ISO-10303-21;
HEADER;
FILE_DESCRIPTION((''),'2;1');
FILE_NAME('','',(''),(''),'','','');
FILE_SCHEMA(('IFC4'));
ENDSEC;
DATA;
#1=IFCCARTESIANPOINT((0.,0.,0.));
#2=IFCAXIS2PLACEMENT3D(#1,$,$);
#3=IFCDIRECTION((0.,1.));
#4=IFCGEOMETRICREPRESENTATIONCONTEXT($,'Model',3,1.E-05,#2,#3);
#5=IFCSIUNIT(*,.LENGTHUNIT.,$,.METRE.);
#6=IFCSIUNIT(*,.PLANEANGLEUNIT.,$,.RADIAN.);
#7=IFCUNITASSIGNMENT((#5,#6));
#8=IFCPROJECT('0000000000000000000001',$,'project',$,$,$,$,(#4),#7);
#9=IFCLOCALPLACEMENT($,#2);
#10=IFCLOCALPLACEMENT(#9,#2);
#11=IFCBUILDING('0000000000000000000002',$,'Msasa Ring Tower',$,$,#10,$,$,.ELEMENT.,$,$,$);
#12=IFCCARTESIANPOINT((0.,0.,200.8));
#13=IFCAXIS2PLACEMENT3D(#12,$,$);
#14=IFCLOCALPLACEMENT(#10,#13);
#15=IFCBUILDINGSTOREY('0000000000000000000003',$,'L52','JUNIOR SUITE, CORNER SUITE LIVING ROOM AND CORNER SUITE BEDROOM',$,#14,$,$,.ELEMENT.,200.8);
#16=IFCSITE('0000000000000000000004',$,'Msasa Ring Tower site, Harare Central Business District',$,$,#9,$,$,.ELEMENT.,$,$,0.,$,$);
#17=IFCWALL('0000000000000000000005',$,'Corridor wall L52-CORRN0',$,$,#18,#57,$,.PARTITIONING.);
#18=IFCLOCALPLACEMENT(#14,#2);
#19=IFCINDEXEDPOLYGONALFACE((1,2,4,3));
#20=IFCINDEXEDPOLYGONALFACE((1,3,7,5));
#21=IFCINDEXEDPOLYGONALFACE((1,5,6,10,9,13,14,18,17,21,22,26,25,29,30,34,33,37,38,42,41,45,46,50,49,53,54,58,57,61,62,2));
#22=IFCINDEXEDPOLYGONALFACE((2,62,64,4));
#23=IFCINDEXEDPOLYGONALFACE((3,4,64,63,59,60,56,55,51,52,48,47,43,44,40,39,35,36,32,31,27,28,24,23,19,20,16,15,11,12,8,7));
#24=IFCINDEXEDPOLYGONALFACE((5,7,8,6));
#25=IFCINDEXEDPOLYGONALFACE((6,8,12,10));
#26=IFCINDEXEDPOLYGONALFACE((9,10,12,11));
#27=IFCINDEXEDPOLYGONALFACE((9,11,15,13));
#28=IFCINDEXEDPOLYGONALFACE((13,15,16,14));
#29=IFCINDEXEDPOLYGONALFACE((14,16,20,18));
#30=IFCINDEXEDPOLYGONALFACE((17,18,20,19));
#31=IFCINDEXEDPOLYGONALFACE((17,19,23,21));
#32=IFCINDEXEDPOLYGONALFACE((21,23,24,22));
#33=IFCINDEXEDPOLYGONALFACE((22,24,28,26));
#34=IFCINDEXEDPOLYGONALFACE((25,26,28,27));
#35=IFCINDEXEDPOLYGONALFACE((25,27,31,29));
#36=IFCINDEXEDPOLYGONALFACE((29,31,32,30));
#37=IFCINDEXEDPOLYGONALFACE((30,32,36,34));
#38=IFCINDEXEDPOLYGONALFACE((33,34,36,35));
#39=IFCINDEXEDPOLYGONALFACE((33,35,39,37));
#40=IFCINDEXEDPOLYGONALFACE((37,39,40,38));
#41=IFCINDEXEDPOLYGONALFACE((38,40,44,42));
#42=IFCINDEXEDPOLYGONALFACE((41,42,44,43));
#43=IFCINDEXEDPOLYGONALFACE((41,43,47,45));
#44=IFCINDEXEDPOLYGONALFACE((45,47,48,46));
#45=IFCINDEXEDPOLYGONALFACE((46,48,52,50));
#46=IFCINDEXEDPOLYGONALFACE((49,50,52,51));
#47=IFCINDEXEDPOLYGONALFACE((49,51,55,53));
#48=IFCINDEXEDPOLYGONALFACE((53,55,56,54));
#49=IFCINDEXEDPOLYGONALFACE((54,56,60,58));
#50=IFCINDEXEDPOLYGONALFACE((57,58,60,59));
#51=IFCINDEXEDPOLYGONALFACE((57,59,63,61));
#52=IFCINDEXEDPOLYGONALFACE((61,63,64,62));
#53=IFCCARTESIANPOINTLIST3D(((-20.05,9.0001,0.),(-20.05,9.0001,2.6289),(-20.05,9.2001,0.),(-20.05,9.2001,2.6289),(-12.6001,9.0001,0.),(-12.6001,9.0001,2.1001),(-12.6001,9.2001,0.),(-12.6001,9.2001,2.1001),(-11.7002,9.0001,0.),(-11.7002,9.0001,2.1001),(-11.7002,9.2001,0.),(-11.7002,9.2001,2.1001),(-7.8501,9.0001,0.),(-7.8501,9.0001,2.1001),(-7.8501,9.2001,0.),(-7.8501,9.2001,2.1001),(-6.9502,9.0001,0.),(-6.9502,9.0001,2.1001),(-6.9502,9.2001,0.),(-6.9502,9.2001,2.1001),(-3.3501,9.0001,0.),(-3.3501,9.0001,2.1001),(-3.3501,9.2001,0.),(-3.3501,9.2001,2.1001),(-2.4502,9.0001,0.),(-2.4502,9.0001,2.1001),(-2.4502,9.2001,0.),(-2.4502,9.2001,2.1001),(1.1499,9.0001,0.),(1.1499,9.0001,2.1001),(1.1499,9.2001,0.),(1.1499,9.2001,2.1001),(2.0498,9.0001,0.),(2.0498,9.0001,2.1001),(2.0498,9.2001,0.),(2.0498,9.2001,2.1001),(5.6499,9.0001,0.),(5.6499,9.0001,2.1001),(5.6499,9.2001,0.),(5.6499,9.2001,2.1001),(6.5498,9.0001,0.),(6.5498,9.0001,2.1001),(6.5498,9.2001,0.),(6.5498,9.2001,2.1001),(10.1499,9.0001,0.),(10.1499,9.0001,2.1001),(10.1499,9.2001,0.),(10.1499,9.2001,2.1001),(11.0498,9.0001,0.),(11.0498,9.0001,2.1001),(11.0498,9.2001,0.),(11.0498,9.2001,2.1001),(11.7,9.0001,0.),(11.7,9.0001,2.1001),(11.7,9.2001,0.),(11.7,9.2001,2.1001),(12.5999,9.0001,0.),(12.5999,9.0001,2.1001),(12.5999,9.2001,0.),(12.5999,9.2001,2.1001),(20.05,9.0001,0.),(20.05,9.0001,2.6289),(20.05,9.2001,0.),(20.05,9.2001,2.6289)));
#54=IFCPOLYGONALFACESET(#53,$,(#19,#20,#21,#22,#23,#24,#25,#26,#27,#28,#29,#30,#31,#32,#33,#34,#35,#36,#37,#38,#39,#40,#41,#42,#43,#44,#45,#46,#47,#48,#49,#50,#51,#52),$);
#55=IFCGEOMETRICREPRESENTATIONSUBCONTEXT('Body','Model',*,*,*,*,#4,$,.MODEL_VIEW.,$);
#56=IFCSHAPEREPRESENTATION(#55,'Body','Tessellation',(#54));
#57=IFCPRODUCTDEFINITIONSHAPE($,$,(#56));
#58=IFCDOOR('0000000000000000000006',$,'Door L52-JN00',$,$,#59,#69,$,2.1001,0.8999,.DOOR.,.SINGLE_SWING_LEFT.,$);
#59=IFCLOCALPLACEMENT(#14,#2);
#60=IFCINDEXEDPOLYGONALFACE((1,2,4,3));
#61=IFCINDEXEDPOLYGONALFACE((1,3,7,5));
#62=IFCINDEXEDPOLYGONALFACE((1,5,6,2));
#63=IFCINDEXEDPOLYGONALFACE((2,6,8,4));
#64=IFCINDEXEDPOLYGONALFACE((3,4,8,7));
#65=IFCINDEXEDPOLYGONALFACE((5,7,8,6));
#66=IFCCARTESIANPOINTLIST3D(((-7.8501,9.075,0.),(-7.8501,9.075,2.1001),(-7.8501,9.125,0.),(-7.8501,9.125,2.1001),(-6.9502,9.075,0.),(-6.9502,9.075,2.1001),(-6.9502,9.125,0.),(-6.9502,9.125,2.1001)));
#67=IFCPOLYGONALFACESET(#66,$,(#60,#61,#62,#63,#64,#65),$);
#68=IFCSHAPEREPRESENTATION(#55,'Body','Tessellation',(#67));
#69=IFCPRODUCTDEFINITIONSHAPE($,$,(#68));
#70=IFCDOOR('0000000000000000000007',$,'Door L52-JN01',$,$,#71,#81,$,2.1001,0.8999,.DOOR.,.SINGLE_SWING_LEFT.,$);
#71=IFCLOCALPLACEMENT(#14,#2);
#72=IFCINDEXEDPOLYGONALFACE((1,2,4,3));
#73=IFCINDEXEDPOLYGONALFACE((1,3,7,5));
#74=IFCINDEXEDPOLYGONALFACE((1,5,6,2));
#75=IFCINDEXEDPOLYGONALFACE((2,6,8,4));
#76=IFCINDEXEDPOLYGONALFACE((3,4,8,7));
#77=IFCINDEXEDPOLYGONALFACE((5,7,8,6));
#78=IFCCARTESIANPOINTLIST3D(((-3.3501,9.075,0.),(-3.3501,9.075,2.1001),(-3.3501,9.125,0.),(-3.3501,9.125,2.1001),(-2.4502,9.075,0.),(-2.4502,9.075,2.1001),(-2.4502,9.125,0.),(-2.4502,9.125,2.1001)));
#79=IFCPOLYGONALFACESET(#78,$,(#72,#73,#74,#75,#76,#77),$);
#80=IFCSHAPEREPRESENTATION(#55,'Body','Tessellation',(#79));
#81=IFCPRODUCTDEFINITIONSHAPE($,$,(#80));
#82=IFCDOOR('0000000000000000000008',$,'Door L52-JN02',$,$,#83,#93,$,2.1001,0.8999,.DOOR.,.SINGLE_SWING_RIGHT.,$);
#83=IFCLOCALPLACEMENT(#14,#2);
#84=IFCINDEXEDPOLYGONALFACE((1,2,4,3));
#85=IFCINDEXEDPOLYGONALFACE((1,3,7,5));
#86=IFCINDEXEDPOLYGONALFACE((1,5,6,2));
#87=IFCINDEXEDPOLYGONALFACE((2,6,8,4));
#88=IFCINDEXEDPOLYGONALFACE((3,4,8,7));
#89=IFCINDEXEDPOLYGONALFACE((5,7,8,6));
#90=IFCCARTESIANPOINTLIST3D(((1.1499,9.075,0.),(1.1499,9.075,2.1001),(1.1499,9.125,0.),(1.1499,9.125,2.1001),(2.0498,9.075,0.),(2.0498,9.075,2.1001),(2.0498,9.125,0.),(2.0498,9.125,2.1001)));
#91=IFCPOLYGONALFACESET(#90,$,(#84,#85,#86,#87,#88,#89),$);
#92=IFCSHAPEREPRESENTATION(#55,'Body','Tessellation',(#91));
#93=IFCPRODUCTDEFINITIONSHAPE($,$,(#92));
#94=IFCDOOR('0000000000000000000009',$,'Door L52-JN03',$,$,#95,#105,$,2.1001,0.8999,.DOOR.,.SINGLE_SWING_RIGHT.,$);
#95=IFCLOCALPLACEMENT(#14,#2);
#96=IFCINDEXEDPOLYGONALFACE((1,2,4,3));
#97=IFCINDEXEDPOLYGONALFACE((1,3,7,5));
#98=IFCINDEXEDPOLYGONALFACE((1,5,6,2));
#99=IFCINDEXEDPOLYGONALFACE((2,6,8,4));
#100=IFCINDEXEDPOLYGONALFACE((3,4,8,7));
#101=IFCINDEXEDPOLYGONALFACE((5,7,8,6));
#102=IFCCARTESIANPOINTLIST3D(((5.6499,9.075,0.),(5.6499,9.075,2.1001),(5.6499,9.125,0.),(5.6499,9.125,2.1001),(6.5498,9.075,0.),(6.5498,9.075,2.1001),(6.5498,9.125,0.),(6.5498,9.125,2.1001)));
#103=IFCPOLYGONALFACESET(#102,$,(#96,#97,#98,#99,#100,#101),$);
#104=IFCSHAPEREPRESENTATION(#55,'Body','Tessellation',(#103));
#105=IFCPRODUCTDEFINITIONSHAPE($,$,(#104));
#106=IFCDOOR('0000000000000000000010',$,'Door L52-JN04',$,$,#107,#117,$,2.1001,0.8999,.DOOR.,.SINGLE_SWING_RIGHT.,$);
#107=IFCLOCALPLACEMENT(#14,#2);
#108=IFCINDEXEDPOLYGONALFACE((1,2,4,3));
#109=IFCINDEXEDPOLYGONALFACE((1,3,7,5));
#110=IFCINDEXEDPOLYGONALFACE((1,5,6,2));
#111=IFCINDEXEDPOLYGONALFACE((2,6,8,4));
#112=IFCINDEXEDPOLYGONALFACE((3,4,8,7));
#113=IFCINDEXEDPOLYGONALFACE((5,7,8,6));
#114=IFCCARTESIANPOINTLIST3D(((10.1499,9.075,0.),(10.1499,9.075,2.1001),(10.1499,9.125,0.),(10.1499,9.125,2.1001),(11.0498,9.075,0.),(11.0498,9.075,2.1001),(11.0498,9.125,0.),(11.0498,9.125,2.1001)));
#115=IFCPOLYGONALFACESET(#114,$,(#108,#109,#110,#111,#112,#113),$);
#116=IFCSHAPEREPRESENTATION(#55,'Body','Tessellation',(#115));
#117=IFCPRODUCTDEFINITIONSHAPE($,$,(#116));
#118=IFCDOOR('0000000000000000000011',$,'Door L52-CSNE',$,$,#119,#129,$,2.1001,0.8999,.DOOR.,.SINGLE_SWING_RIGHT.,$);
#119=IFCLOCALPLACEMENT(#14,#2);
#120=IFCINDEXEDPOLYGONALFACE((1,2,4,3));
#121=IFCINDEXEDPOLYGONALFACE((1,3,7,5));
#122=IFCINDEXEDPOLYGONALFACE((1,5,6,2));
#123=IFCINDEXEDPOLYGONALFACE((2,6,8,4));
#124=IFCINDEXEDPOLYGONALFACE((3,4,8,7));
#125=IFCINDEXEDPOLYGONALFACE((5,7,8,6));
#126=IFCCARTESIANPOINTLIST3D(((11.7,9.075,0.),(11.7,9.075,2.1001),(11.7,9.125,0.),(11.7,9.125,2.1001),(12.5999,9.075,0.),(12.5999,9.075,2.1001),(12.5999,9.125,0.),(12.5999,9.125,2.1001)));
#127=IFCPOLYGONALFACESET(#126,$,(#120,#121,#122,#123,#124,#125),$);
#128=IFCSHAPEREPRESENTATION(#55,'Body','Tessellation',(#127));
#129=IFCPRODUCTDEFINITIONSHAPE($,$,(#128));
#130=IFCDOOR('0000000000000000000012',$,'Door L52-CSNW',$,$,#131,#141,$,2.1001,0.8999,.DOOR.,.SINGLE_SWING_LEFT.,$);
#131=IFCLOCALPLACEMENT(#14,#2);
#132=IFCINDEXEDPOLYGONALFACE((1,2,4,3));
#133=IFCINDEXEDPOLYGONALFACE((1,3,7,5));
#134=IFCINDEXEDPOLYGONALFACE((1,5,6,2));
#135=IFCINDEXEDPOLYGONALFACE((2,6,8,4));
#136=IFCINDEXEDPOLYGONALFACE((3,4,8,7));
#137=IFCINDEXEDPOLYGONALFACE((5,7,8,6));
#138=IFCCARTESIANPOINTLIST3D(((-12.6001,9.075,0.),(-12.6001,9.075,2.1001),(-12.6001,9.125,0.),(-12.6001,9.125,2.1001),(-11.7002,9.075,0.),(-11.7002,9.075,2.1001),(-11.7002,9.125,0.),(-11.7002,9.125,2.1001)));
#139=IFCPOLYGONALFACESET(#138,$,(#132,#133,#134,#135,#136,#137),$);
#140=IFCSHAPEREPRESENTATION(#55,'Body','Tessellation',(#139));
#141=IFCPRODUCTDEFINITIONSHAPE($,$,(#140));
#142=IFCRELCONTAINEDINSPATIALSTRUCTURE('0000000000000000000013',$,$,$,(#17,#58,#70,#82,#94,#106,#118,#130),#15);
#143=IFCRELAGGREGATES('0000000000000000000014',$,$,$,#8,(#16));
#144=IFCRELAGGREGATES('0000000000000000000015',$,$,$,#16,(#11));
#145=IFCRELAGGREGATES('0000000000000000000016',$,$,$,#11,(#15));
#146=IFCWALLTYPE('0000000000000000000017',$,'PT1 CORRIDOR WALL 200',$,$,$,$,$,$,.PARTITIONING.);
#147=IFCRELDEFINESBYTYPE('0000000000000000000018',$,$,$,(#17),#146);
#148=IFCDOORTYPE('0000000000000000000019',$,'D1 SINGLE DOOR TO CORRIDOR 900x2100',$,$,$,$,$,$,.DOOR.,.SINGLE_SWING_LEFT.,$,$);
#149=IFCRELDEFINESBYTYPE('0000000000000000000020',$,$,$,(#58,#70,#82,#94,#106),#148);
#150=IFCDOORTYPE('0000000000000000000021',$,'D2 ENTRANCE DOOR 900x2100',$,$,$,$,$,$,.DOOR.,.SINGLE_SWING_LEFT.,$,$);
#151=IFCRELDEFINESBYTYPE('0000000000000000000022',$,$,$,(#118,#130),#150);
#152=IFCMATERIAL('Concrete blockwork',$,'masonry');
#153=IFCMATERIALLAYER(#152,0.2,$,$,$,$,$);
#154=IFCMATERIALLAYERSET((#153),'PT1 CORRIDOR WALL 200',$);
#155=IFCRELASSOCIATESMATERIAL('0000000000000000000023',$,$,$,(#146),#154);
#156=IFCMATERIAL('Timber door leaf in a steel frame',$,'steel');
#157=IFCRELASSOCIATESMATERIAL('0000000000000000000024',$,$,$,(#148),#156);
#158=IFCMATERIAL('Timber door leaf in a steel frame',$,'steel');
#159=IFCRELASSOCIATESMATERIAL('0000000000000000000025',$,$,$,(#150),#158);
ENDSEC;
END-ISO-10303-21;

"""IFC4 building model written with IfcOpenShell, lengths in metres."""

from ifc_helpers import new_model, si_unit, direction, frame, frame_2d, origin, place, context, subcontext, project, spatial, rectangle, extrude, material, layer, layer_set, type_object, element, fill, save


model = new_model("IFC4")

# Units and contexts
model_context = context("Model", 3, precision=1e-05, world=origin(), true_north=direction((0.0, 1.0)))
body_context = subcontext(model_context, "Body", "Model", "MODEL_VIEW")
ifc_project = project(units=[si_unit("LENGTHUNIT", "METRE"), si_unit("PLANEANGLEUNIT", "RADIAN")], contexts=[model_context])

# Site, building, storey
site_placement = place(None, origin())
site = spatial("IfcSite", under=ifc_project, at=site_placement, Name="Msasa Ring Tower site, Harare Central Business District", CompositionType="ELEMENT", RefElevation=0.0)
building_placement = place(site_placement, origin())
building = spatial("IfcBuilding", under=site, at=building_placement, Name="Msasa Ring Tower", CompositionType="ELEMENT")
storey_placement = place(building_placement, frame((0.0, 0.0, 200.8)))
storey = spatial("IfcBuildingStorey", under=building, at=storey_placement, Name="L52", Description="JUNIOR SUITE, CORNER SUITE LIVING ROOM AND CORNER SUITE BEDROOM", CompositionType="ELEMENT", Elevation=200.8)

# Wall, openings, doors
ifc_material_1 = material(Name="Concrete blockwork", Category="masonry")
ifc_layer_1 = layer(ifc_material_1, 0.2)
ifc_layer_set_1 = layer_set([ifc_layer_1], Name="PT1 CORRIDOR WALL 200")
wall_type_1 = type_object("IfcWallType", Name="PT1 CORRIDOR WALL 200", PredefinedType="PARTITIONING", material=ifc_layer_set_1)
wall_1_placement = place(storey_placement, frame((-20.05, 9.1001, 0.0), z_axis=(0.0, 0.0, 1.0), x_axis=(1.0, 0.0, 0.0)))
wall_1 = element("IfcWall", 1, at=wall_1_placement, inside=storey, type_object=wall_type_1, Name="Corridor wall L52-CORRN0", PredefinedType="PARTITIONING", context=body_context, shape_type="SweptSolid", body=[
    extrude(rectangle(XDim=40.1001, YDim=0.2, at=frame_2d((20.05, 0.0))), origin(), (0.0, 0.0, 1.0), 2.6289),
])
opening_1_placement = place(wall_1_placement, frame((12.2, 0.0, 0.0)))
opening_1 = element("IfcOpeningElement", 2, at=opening_1_placement, cuts=wall_1, PredefinedType="OPENING", context=body_context, shape_type="SweptSolid", body=[
    extrude(rectangle(XDim=0.8999, YDim=2.1001, at=frame_2d((0.45, 1.05))), frame((0.0, 0.1099, 0.0), z_axis=(0.0, -1.0, 0.0), x_axis=(1.0, 0.0, 0.0)), (0.0, 0.0, 1.0), 0.22),
])
opening_2_placement = place(wall_1_placement, frame((16.7, 0.0, 0.0)))
opening_2 = element("IfcOpeningElement", 3, at=opening_2_placement, cuts=wall_1, PredefinedType="OPENING", context=body_context, shape_type="SweptSolid", body=[
    extrude(rectangle(XDim=0.8999, YDim=2.1001, at=frame_2d((0.45, 1.05))), frame((0.0, 0.1099, 0.0), z_axis=(0.0, -1.0, 0.0), x_axis=(1.0, 0.0, 0.0)), (0.0, 0.0, 1.0), 0.22),
])
opening_3_placement = place(wall_1_placement, frame((21.2, 0.0, 0.0)))
opening_3 = element("IfcOpeningElement", 4, at=opening_3_placement, cuts=wall_1, PredefinedType="OPENING", context=body_context, shape_type="SweptSolid", body=[
    extrude(rectangle(XDim=0.8999, YDim=2.1001, at=frame_2d((0.45, 1.05))), frame((0.0, 0.1099, 0.0), z_axis=(0.0, -1.0, 0.0), x_axis=(1.0, 0.0, 0.0)), (0.0, 0.0, 1.0), 0.22),
])
opening_4_placement = place(wall_1_placement, frame((25.7, 0.0, 0.0)))
opening_4 = element("IfcOpeningElement", 5, at=opening_4_placement, cuts=wall_1, PredefinedType="OPENING", context=body_context, shape_type="SweptSolid", body=[
    extrude(rectangle(XDim=0.8999, YDim=2.1001, at=frame_2d((0.45, 1.05))), frame((0.0, 0.1099, 0.0), z_axis=(0.0, -1.0, 0.0), x_axis=(1.0, 0.0, 0.0)), (0.0, 0.0, 1.0), 0.22),
])
opening_5_placement = place(wall_1_placement, frame((30.2, 0.0, 0.0)))
opening_5 = element("IfcOpeningElement", 6, at=opening_5_placement, cuts=wall_1, PredefinedType="OPENING", context=body_context, shape_type="SweptSolid", body=[
    extrude(rectangle(XDim=0.8999, YDim=2.1001, at=frame_2d((0.45, 1.05))), frame((0.0, 0.1099, 0.0), z_axis=(0.0, -1.0, 0.0), x_axis=(1.0, 0.0, 0.0)), (0.0, 0.0, 1.0), 0.22),
])
opening_6_placement = place(wall_1_placement, frame((31.75, 0.0, 0.0)))
opening_6 = element("IfcOpeningElement", 7, at=opening_6_placement, cuts=wall_1, PredefinedType="OPENING", context=body_context, shape_type="SweptSolid", body=[
    extrude(rectangle(XDim=0.8999, YDim=2.1001, at=frame_2d((0.45, 1.05))), frame((0.0, 0.1099, 0.0), z_axis=(0.0, -1.0, 0.0), x_axis=(1.0, 0.0, 0.0)), (0.0, 0.0, 1.0), 0.22),
])
opening_7_placement = place(wall_1_placement, frame((7.45, 0.0, 0.0)))
opening_7 = element("IfcOpeningElement", 8, at=opening_7_placement, cuts=wall_1, PredefinedType="OPENING", context=body_context, shape_type="SweptSolid", body=[
    extrude(rectangle(XDim=0.8999, YDim=2.1001, at=frame_2d((0.45, 1.05))), frame((0.0, 0.1099, 0.0), z_axis=(0.0, -1.0, 0.0), x_axis=(1.0, 0.0, 0.0)), (0.0, 0.0, 1.0), 0.22),
])
ifc_material_2 = material(Name="Timber door leaf in a steel frame", Category="steel")
door_type_1 = type_object("IfcDoorType", Name="D1 SINGLE DOOR TO CORRIDOR 900x2100", OperationType="SINGLE_SWING_LEFT", PredefinedType="DOOR", material=ifc_material_2)
door_1_placement = place(opening_1_placement, origin())
door_1 = element("IfcDoor", 9, at=door_1_placement, inside=storey, type_object=door_type_1, Name="Door L52-JN00", OperationType="SINGLE_SWING_LEFT", OverallHeight=2.1001, OverallWidth=0.8999, PredefinedType="DOOR", context=body_context, shape_type="SweptSolid", body=[
    extrude(rectangle(XDim=0.8999, YDim=2.1001, at=frame_2d((0.45, 1.05))), frame((0.0, 0.0249, 0.0), z_axis=(0.0, -1.0, 0.0), x_axis=(1.0, 0.0, 0.0)), (0.0, 0.0, 1.0), 0.05),
])
fill(opening_1, door_1)
door_2_placement = place(opening_2_placement, origin())
door_2 = element("IfcDoor", 10, at=door_2_placement, inside=storey, type_object=door_type_1, Name="Door L52-JN01", OperationType="SINGLE_SWING_LEFT", OverallHeight=2.1001, OverallWidth=0.8999, PredefinedType="DOOR", context=body_context, shape_type="SweptSolid", body=[
    extrude(rectangle(XDim=0.8999, YDim=2.1001, at=frame_2d((0.45, 1.05))), frame((0.0, 0.0249, 0.0), z_axis=(0.0, -1.0, 0.0), x_axis=(1.0, 0.0, 0.0)), (0.0, 0.0, 1.0), 0.05),
])
fill(opening_2, door_2)
door_3_placement = place(opening_3_placement, origin())
door_3 = element("IfcDoor", 11, at=door_3_placement, inside=storey, type_object=door_type_1, Name="Door L52-JN02", OperationType="SINGLE_SWING_RIGHT", OverallHeight=2.1001, OverallWidth=0.8999, PredefinedType="DOOR", context=body_context, shape_type="SweptSolid", body=[
    extrude(rectangle(XDim=0.8999, YDim=2.1001, at=frame_2d((0.45, 1.05))), frame((0.0, 0.0249, 0.0), z_axis=(0.0, -1.0, 0.0), x_axis=(1.0, 0.0, 0.0)), (0.0, 0.0, 1.0), 0.05),
])
fill(opening_3, door_3)
door_4_placement = place(opening_4_placement, origin())
door_4 = element("IfcDoor", 12, at=door_4_placement, inside=storey, type_object=door_type_1, Name="Door L52-JN03", OperationType="SINGLE_SWING_RIGHT", OverallHeight=2.1001, OverallWidth=0.8999, PredefinedType="DOOR", context=body_context, shape_type="SweptSolid", body=[
    extrude(rectangle(XDim=0.8999, YDim=2.1001, at=frame_2d((0.45, 1.05))), frame((0.0, 0.0249, 0.0), z_axis=(0.0, -1.0, 0.0), x_axis=(1.0, 0.0, 0.0)), (0.0, 0.0, 1.0), 0.05),
])
fill(opening_4, door_4)
door_5_placement = place(opening_5_placement, origin())
door_5 = element("IfcDoor", 13, at=door_5_placement, inside=storey, type_object=door_type_1, Name="Door L52-JN04", OperationType="SINGLE_SWING_RIGHT", OverallHeight=2.1001, OverallWidth=0.8999, PredefinedType="DOOR", context=body_context, shape_type="SweptSolid", body=[
    extrude(rectangle(XDim=0.8999, YDim=2.1001, at=frame_2d((0.45, 1.05))), frame((0.0, 0.0249, 0.0), z_axis=(0.0, -1.0, 0.0), x_axis=(1.0, 0.0, 0.0)), (0.0, 0.0, 1.0), 0.05),
])
fill(opening_5, door_5)
ifc_material_3 = material(Name="Timber door leaf in a steel frame", Category="steel")
door_type_2 = type_object("IfcDoorType", Name="D2 ENTRANCE DOOR 900x2100", OperationType="SINGLE_SWING_LEFT", PredefinedType="DOOR", material=ifc_material_3)
door_6_placement = place(opening_6_placement, origin())
door_6 = element("IfcDoor", 14, at=door_6_placement, inside=storey, type_object=door_type_2, Name="Door L52-CSNE", OperationType="SINGLE_SWING_RIGHT", OverallHeight=2.1001, OverallWidth=0.8999, PredefinedType="DOOR", context=body_context, shape_type="SweptSolid", body=[
    extrude(rectangle(XDim=0.8999, YDim=2.1001, at=frame_2d((0.45, 1.05))), frame((0.0, 0.0249, 0.0), z_axis=(0.0, -1.0, 0.0), x_axis=(1.0, 0.0, 0.0)), (0.0, 0.0, 1.0), 0.05),
])
fill(opening_6, door_6)
door_7_placement = place(opening_7_placement, origin())
door_7 = element("IfcDoor", 15, at=door_7_placement, inside=storey, type_object=door_type_2, Name="Door L52-CSNW", OperationType="SINGLE_SWING_LEFT", OverallHeight=2.1001, OverallWidth=0.8999, PredefinedType="DOOR", context=body_context, shape_type="SweptSolid", body=[
    extrude(rectangle(XDim=0.8999, YDim=2.1001, at=frame_2d((0.45, 1.05))), frame((0.0, 0.0249, 0.0), z_axis=(0.0, -1.0, 0.0), x_axis=(1.0, 0.0, 0.0)), (0.0, 0.0, 1.0), 0.05),
])
fill(opening_7, door_7)

save(model, "model.ifc")
